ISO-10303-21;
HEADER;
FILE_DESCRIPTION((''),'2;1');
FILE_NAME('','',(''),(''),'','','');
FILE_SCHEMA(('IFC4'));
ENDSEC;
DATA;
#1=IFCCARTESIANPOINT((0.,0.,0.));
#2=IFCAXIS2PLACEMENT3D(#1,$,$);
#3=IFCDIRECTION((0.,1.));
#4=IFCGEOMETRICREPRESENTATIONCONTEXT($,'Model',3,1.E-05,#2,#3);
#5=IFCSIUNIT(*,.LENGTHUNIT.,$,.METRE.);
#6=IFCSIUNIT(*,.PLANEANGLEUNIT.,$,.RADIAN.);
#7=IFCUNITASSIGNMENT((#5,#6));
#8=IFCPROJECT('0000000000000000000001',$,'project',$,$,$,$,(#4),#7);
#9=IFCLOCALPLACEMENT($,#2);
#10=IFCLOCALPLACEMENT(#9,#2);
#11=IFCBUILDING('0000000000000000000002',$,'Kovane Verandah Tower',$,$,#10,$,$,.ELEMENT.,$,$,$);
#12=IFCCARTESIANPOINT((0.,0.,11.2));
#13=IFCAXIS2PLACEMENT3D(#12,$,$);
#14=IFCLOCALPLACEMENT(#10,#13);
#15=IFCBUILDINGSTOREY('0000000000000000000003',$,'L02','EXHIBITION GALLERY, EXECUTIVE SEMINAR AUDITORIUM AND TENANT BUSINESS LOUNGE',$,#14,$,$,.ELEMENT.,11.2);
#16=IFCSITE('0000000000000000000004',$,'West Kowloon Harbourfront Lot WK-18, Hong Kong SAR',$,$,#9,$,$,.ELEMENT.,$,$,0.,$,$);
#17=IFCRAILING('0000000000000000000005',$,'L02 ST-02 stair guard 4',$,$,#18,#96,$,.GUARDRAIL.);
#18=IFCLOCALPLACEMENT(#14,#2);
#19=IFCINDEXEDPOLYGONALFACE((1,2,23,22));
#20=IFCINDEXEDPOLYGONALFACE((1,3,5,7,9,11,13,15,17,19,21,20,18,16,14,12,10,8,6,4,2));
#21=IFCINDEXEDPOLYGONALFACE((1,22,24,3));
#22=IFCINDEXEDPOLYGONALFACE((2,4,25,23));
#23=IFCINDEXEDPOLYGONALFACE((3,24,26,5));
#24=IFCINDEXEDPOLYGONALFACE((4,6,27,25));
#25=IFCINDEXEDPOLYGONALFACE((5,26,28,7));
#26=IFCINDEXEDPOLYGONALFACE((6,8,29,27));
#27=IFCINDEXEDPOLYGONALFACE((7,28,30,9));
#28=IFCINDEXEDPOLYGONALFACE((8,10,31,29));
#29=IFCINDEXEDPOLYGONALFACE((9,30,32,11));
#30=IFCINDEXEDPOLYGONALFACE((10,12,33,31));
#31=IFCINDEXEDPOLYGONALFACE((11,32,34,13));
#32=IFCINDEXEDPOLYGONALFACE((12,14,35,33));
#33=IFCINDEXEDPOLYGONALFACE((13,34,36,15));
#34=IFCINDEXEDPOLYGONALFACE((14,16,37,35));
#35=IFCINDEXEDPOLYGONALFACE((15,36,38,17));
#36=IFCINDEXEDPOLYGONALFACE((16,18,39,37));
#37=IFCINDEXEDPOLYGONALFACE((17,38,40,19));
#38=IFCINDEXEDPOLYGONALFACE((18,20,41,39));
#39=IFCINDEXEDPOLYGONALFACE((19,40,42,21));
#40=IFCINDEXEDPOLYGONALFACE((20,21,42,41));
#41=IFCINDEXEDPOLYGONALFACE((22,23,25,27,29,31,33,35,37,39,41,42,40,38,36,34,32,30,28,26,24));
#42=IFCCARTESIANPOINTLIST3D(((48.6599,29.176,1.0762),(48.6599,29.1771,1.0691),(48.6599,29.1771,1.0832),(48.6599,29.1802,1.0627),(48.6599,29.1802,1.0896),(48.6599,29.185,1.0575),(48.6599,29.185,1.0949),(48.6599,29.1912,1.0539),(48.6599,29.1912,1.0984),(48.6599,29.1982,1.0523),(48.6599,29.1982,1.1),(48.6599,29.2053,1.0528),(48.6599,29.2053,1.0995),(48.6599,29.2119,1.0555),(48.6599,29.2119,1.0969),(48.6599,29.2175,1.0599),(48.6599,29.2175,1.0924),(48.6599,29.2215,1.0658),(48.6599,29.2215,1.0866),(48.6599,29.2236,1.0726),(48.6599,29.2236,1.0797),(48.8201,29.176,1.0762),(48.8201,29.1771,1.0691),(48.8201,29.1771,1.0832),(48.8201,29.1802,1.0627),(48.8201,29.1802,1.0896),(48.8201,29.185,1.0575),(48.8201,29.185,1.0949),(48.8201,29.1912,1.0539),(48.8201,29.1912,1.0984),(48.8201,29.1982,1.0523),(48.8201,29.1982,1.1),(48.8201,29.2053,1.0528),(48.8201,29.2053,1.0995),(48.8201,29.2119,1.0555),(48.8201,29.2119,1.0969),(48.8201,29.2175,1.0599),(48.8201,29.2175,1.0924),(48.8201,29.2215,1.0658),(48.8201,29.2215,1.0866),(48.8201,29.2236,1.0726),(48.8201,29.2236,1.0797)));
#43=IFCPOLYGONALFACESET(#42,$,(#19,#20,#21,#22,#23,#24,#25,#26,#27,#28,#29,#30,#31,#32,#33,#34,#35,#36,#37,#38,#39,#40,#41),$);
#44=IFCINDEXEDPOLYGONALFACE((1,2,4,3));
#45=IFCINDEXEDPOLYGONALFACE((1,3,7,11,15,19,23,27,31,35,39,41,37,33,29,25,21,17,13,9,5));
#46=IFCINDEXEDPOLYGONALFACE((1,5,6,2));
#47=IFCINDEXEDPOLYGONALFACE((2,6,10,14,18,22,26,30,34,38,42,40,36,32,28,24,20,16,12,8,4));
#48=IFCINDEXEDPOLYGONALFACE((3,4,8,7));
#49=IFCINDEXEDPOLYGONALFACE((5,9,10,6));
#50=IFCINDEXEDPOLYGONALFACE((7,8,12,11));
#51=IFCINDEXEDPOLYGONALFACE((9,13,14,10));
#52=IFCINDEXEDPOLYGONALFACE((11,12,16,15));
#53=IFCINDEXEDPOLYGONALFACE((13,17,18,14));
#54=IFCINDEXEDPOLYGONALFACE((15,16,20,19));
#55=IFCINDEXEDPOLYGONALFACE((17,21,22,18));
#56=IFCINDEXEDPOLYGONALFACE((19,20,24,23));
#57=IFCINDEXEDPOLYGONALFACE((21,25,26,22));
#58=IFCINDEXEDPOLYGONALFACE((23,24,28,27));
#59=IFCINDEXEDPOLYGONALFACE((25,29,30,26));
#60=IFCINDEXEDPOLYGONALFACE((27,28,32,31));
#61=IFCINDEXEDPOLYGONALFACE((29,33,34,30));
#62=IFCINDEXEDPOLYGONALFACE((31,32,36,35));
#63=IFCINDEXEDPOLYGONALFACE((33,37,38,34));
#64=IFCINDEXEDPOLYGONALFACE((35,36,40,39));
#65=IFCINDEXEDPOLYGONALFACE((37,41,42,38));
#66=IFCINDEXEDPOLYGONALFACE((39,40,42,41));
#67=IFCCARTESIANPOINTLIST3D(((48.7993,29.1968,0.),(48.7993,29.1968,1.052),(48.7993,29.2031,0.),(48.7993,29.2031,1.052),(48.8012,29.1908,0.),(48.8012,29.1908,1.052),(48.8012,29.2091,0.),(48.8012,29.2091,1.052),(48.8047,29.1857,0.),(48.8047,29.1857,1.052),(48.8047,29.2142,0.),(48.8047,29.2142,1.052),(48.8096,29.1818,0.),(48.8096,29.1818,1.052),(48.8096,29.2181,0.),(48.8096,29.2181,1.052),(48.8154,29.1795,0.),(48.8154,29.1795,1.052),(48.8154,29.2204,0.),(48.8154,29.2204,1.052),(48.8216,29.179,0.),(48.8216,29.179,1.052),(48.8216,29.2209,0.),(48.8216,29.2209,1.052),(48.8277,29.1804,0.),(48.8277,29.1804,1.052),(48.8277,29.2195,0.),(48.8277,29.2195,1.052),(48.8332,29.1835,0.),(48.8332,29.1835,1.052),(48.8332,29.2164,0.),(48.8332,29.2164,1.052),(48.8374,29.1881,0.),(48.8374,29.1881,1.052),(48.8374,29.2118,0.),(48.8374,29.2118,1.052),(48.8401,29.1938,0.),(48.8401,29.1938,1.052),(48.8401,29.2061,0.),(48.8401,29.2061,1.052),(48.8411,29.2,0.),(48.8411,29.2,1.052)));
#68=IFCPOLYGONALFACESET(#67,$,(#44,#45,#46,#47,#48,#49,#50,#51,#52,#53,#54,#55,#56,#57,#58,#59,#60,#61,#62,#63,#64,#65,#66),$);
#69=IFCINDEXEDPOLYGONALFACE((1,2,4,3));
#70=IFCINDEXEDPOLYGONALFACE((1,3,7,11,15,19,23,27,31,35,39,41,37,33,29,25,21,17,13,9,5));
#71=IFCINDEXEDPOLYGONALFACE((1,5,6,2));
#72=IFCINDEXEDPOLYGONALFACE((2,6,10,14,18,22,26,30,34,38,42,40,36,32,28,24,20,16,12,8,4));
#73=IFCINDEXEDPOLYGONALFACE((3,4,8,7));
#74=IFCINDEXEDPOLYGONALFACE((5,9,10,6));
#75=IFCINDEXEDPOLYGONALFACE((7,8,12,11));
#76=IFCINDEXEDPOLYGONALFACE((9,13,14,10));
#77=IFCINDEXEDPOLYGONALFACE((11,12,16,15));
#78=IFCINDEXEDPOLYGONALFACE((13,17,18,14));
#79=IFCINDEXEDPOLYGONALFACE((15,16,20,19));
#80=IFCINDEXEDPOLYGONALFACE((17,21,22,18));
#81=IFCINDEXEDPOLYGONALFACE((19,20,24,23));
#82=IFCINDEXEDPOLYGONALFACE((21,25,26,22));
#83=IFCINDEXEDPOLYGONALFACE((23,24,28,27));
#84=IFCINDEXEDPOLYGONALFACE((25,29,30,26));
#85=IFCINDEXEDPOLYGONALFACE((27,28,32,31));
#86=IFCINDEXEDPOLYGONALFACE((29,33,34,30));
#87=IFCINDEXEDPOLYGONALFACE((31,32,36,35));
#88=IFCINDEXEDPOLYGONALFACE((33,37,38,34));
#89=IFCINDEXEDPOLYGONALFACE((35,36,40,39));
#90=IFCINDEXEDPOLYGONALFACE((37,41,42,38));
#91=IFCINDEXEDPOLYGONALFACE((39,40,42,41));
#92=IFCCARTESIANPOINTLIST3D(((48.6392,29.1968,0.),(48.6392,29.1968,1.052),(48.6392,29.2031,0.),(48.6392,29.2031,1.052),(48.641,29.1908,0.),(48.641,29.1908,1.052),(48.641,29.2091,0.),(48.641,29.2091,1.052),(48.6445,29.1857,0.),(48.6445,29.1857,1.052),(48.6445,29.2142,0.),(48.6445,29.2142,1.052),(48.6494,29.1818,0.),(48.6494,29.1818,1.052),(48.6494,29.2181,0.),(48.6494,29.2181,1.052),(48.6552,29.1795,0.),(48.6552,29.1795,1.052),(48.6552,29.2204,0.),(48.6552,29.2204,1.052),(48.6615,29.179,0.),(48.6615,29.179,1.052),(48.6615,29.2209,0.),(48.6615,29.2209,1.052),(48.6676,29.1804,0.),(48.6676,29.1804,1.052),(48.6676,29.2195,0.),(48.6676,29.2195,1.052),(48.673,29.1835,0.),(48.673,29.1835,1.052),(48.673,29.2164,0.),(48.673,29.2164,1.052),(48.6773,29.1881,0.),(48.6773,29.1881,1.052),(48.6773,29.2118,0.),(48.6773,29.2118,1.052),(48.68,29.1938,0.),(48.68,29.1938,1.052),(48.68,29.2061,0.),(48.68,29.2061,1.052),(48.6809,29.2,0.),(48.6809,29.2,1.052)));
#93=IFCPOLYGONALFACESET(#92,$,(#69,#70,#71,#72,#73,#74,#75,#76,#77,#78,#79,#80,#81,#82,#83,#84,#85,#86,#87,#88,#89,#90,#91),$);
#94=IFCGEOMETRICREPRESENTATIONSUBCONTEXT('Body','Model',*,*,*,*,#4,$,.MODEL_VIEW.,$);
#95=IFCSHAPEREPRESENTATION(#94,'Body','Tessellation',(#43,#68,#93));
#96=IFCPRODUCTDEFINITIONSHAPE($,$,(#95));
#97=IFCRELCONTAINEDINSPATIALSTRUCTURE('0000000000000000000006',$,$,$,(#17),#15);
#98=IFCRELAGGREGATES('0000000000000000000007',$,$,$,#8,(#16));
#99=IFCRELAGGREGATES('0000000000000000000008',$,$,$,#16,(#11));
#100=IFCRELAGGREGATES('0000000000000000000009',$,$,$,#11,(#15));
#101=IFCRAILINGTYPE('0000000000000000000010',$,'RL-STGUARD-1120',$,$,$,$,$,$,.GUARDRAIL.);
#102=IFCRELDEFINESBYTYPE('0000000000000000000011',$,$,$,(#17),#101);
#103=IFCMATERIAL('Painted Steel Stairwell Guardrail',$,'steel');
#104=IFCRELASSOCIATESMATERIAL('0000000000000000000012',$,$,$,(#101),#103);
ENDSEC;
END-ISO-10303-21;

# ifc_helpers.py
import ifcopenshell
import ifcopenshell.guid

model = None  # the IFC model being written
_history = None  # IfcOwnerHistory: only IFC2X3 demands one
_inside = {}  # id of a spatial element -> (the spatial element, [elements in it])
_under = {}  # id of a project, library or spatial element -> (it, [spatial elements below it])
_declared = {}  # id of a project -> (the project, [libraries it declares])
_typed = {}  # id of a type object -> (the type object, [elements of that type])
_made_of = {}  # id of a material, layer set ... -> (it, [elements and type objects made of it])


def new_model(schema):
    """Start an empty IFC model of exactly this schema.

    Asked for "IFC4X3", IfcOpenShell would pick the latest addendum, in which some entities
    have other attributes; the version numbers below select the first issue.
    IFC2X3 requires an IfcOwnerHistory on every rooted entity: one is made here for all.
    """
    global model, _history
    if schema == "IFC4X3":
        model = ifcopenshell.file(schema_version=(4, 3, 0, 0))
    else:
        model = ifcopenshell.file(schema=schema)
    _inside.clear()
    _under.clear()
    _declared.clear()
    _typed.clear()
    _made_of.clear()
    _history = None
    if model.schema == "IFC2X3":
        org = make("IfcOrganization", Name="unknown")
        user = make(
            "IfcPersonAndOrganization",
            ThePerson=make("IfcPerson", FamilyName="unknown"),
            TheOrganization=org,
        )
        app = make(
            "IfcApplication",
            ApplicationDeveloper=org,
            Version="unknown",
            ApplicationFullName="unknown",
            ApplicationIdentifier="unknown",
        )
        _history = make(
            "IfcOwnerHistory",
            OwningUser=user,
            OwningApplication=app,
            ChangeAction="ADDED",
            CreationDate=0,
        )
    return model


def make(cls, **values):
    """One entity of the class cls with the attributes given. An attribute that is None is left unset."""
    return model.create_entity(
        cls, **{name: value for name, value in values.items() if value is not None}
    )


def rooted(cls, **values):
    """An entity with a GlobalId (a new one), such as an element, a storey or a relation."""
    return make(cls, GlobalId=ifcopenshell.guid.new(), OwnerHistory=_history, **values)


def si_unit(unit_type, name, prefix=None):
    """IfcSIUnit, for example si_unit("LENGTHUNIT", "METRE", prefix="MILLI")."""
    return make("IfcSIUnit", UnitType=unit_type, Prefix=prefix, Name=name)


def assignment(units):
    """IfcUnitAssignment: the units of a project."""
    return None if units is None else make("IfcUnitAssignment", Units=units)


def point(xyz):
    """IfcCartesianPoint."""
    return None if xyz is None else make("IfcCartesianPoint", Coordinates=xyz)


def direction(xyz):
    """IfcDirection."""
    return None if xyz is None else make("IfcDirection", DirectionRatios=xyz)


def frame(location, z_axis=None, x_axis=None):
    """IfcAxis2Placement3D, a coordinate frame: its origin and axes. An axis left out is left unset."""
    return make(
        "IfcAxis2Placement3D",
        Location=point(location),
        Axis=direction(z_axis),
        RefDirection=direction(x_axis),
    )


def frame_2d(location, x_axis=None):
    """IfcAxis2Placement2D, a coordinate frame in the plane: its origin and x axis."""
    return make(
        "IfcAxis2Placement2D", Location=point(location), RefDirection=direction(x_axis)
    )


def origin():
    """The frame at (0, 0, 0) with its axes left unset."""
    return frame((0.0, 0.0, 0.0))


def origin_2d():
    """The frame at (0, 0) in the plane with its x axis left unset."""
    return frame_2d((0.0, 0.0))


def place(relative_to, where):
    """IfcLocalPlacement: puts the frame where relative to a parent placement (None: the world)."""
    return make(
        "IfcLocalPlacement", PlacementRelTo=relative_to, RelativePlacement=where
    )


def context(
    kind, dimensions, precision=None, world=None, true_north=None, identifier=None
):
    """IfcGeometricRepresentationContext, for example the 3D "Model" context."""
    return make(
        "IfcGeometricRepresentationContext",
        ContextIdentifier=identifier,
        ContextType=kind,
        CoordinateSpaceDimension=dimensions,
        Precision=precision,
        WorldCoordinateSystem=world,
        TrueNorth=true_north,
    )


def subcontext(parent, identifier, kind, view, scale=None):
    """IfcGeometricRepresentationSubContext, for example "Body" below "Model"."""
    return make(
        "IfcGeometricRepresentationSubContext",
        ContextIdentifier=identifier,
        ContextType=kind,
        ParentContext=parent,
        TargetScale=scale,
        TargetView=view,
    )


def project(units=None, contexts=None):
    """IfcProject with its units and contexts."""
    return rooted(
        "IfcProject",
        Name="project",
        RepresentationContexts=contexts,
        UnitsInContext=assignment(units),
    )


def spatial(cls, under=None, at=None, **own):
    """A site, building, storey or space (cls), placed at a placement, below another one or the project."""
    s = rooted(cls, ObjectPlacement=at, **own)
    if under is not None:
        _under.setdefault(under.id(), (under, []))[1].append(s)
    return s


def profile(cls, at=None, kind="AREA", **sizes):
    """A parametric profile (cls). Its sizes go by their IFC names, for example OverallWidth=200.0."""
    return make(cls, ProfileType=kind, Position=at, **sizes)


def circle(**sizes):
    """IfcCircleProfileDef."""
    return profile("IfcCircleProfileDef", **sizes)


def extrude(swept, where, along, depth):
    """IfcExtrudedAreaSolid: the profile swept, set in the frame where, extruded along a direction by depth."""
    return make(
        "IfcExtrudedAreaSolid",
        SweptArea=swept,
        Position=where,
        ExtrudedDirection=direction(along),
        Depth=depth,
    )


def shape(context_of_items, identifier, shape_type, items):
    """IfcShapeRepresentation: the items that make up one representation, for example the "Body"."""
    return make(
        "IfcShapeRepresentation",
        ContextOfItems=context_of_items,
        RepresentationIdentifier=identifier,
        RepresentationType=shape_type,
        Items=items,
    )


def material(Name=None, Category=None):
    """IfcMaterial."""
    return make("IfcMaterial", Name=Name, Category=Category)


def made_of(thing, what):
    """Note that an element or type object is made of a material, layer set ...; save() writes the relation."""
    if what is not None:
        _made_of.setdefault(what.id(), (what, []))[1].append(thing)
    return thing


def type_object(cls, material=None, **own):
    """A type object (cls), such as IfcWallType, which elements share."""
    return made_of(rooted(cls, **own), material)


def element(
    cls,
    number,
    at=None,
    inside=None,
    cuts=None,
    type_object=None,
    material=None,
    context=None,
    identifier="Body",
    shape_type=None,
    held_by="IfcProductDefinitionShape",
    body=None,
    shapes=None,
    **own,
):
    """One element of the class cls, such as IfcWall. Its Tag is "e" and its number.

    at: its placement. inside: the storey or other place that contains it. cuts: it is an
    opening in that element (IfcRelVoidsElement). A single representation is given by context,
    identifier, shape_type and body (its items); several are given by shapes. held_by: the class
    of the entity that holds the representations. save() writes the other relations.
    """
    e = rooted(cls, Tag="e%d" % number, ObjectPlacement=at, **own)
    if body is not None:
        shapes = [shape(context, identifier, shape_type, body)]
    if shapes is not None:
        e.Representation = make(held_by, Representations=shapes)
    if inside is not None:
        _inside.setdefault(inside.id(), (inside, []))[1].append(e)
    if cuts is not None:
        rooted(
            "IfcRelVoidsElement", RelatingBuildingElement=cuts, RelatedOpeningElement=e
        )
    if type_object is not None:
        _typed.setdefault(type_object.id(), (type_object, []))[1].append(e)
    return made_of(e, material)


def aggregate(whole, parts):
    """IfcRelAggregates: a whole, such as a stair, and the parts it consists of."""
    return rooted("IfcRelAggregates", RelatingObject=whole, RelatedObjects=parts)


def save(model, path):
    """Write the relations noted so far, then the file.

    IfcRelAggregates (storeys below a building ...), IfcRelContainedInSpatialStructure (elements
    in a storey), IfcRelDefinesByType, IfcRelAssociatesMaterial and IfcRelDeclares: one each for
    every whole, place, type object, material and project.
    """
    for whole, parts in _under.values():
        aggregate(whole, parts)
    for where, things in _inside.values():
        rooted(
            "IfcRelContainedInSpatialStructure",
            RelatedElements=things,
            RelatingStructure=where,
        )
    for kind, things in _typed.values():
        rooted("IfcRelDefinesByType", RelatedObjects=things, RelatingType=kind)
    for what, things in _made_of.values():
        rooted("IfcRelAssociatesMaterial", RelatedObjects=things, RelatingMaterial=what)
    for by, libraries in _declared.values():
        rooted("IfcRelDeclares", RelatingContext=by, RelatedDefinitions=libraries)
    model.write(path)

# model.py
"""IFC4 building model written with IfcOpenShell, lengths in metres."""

from ifc_helpers import new_model, si_unit, direction, frame, origin, origin_2d, place, context, subcontext, project, spatial, circle, extrude, material, type_object, element, save


model = new_model("IFC4")

# Units and contexts
model_context = context("Model", 3, precision=1e-05, world=origin(), true_north=direction((0.0, 1.0)))
body_context = subcontext(model_context, "Body", "Model", "MODEL_VIEW")
ifc_project = project(units=[si_unit("LENGTHUNIT", "METRE"), si_unit("PLANEANGLEUNIT", "RADIAN")], contexts=[model_context])

# Site, building, storey
site_placement = place(None, origin())
site = spatial("IfcSite", under=ifc_project, at=site_placement, Name="West Kowloon Harbourfront Lot WK-18, Hong Kong SAR", CompositionType="ELEMENT", RefElevation=0.0)
building_placement = place(site_placement, origin())
building = spatial("IfcBuilding", under=site, at=building_placement, Name="Kovane Verandah Tower", CompositionType="ELEMENT")
storey_placement = place(building_placement, frame((0.0, 0.0, 11.2)))
storey = spatial("IfcBuildingStorey", under=building, at=storey_placement, Name="L02", Description="EXHIBITION GALLERY, EXECUTIVE SEMINAR AUDITORIUM AND TENANT BUSINESS LOUNGE", CompositionType="ELEMENT", Elevation=11.2)

# Railing
ifc_material_1 = material(Name="Painted Steel Stairwell Guardrail", Category="steel")
railing_type_1 = type_object("IfcRailingType", Name="RL-STGUARD-1120", PredefinedType="GUARDRAIL", material=ifc_material_1)
railing_1_placement = place(storey_placement, frame((48.8201, 29.2, 0.0)))
element("IfcRailing", 1, at=railing_1_placement, inside=storey, type_object=railing_type_1, Name="L02 ST-02 stair guard 4", PredefinedType="GUARDRAIL", context=body_context, shape_type="SweptSolid", body=[
    extrude(circle(Radius=0.0239, at=origin_2d()), frame((0.0, 0.0, 1.0762), z_axis=(-1.0, 0.0, 0.0), x_axis=(0.0, -1.0, 0.0)), (0.0, 0.0, 1.0), 0.1602),
    extrude(circle(Radius=0.021, at=origin_2d()), origin(), (0.0, 0.0, 1.0), 1.052),
    extrude(circle(Radius=0.021, at=origin_2d()), frame((-0.1602, 0.0, 0.0)), (0.0, 0.0, 1.0), 1.052),
])

save(model, "model.ifc")
